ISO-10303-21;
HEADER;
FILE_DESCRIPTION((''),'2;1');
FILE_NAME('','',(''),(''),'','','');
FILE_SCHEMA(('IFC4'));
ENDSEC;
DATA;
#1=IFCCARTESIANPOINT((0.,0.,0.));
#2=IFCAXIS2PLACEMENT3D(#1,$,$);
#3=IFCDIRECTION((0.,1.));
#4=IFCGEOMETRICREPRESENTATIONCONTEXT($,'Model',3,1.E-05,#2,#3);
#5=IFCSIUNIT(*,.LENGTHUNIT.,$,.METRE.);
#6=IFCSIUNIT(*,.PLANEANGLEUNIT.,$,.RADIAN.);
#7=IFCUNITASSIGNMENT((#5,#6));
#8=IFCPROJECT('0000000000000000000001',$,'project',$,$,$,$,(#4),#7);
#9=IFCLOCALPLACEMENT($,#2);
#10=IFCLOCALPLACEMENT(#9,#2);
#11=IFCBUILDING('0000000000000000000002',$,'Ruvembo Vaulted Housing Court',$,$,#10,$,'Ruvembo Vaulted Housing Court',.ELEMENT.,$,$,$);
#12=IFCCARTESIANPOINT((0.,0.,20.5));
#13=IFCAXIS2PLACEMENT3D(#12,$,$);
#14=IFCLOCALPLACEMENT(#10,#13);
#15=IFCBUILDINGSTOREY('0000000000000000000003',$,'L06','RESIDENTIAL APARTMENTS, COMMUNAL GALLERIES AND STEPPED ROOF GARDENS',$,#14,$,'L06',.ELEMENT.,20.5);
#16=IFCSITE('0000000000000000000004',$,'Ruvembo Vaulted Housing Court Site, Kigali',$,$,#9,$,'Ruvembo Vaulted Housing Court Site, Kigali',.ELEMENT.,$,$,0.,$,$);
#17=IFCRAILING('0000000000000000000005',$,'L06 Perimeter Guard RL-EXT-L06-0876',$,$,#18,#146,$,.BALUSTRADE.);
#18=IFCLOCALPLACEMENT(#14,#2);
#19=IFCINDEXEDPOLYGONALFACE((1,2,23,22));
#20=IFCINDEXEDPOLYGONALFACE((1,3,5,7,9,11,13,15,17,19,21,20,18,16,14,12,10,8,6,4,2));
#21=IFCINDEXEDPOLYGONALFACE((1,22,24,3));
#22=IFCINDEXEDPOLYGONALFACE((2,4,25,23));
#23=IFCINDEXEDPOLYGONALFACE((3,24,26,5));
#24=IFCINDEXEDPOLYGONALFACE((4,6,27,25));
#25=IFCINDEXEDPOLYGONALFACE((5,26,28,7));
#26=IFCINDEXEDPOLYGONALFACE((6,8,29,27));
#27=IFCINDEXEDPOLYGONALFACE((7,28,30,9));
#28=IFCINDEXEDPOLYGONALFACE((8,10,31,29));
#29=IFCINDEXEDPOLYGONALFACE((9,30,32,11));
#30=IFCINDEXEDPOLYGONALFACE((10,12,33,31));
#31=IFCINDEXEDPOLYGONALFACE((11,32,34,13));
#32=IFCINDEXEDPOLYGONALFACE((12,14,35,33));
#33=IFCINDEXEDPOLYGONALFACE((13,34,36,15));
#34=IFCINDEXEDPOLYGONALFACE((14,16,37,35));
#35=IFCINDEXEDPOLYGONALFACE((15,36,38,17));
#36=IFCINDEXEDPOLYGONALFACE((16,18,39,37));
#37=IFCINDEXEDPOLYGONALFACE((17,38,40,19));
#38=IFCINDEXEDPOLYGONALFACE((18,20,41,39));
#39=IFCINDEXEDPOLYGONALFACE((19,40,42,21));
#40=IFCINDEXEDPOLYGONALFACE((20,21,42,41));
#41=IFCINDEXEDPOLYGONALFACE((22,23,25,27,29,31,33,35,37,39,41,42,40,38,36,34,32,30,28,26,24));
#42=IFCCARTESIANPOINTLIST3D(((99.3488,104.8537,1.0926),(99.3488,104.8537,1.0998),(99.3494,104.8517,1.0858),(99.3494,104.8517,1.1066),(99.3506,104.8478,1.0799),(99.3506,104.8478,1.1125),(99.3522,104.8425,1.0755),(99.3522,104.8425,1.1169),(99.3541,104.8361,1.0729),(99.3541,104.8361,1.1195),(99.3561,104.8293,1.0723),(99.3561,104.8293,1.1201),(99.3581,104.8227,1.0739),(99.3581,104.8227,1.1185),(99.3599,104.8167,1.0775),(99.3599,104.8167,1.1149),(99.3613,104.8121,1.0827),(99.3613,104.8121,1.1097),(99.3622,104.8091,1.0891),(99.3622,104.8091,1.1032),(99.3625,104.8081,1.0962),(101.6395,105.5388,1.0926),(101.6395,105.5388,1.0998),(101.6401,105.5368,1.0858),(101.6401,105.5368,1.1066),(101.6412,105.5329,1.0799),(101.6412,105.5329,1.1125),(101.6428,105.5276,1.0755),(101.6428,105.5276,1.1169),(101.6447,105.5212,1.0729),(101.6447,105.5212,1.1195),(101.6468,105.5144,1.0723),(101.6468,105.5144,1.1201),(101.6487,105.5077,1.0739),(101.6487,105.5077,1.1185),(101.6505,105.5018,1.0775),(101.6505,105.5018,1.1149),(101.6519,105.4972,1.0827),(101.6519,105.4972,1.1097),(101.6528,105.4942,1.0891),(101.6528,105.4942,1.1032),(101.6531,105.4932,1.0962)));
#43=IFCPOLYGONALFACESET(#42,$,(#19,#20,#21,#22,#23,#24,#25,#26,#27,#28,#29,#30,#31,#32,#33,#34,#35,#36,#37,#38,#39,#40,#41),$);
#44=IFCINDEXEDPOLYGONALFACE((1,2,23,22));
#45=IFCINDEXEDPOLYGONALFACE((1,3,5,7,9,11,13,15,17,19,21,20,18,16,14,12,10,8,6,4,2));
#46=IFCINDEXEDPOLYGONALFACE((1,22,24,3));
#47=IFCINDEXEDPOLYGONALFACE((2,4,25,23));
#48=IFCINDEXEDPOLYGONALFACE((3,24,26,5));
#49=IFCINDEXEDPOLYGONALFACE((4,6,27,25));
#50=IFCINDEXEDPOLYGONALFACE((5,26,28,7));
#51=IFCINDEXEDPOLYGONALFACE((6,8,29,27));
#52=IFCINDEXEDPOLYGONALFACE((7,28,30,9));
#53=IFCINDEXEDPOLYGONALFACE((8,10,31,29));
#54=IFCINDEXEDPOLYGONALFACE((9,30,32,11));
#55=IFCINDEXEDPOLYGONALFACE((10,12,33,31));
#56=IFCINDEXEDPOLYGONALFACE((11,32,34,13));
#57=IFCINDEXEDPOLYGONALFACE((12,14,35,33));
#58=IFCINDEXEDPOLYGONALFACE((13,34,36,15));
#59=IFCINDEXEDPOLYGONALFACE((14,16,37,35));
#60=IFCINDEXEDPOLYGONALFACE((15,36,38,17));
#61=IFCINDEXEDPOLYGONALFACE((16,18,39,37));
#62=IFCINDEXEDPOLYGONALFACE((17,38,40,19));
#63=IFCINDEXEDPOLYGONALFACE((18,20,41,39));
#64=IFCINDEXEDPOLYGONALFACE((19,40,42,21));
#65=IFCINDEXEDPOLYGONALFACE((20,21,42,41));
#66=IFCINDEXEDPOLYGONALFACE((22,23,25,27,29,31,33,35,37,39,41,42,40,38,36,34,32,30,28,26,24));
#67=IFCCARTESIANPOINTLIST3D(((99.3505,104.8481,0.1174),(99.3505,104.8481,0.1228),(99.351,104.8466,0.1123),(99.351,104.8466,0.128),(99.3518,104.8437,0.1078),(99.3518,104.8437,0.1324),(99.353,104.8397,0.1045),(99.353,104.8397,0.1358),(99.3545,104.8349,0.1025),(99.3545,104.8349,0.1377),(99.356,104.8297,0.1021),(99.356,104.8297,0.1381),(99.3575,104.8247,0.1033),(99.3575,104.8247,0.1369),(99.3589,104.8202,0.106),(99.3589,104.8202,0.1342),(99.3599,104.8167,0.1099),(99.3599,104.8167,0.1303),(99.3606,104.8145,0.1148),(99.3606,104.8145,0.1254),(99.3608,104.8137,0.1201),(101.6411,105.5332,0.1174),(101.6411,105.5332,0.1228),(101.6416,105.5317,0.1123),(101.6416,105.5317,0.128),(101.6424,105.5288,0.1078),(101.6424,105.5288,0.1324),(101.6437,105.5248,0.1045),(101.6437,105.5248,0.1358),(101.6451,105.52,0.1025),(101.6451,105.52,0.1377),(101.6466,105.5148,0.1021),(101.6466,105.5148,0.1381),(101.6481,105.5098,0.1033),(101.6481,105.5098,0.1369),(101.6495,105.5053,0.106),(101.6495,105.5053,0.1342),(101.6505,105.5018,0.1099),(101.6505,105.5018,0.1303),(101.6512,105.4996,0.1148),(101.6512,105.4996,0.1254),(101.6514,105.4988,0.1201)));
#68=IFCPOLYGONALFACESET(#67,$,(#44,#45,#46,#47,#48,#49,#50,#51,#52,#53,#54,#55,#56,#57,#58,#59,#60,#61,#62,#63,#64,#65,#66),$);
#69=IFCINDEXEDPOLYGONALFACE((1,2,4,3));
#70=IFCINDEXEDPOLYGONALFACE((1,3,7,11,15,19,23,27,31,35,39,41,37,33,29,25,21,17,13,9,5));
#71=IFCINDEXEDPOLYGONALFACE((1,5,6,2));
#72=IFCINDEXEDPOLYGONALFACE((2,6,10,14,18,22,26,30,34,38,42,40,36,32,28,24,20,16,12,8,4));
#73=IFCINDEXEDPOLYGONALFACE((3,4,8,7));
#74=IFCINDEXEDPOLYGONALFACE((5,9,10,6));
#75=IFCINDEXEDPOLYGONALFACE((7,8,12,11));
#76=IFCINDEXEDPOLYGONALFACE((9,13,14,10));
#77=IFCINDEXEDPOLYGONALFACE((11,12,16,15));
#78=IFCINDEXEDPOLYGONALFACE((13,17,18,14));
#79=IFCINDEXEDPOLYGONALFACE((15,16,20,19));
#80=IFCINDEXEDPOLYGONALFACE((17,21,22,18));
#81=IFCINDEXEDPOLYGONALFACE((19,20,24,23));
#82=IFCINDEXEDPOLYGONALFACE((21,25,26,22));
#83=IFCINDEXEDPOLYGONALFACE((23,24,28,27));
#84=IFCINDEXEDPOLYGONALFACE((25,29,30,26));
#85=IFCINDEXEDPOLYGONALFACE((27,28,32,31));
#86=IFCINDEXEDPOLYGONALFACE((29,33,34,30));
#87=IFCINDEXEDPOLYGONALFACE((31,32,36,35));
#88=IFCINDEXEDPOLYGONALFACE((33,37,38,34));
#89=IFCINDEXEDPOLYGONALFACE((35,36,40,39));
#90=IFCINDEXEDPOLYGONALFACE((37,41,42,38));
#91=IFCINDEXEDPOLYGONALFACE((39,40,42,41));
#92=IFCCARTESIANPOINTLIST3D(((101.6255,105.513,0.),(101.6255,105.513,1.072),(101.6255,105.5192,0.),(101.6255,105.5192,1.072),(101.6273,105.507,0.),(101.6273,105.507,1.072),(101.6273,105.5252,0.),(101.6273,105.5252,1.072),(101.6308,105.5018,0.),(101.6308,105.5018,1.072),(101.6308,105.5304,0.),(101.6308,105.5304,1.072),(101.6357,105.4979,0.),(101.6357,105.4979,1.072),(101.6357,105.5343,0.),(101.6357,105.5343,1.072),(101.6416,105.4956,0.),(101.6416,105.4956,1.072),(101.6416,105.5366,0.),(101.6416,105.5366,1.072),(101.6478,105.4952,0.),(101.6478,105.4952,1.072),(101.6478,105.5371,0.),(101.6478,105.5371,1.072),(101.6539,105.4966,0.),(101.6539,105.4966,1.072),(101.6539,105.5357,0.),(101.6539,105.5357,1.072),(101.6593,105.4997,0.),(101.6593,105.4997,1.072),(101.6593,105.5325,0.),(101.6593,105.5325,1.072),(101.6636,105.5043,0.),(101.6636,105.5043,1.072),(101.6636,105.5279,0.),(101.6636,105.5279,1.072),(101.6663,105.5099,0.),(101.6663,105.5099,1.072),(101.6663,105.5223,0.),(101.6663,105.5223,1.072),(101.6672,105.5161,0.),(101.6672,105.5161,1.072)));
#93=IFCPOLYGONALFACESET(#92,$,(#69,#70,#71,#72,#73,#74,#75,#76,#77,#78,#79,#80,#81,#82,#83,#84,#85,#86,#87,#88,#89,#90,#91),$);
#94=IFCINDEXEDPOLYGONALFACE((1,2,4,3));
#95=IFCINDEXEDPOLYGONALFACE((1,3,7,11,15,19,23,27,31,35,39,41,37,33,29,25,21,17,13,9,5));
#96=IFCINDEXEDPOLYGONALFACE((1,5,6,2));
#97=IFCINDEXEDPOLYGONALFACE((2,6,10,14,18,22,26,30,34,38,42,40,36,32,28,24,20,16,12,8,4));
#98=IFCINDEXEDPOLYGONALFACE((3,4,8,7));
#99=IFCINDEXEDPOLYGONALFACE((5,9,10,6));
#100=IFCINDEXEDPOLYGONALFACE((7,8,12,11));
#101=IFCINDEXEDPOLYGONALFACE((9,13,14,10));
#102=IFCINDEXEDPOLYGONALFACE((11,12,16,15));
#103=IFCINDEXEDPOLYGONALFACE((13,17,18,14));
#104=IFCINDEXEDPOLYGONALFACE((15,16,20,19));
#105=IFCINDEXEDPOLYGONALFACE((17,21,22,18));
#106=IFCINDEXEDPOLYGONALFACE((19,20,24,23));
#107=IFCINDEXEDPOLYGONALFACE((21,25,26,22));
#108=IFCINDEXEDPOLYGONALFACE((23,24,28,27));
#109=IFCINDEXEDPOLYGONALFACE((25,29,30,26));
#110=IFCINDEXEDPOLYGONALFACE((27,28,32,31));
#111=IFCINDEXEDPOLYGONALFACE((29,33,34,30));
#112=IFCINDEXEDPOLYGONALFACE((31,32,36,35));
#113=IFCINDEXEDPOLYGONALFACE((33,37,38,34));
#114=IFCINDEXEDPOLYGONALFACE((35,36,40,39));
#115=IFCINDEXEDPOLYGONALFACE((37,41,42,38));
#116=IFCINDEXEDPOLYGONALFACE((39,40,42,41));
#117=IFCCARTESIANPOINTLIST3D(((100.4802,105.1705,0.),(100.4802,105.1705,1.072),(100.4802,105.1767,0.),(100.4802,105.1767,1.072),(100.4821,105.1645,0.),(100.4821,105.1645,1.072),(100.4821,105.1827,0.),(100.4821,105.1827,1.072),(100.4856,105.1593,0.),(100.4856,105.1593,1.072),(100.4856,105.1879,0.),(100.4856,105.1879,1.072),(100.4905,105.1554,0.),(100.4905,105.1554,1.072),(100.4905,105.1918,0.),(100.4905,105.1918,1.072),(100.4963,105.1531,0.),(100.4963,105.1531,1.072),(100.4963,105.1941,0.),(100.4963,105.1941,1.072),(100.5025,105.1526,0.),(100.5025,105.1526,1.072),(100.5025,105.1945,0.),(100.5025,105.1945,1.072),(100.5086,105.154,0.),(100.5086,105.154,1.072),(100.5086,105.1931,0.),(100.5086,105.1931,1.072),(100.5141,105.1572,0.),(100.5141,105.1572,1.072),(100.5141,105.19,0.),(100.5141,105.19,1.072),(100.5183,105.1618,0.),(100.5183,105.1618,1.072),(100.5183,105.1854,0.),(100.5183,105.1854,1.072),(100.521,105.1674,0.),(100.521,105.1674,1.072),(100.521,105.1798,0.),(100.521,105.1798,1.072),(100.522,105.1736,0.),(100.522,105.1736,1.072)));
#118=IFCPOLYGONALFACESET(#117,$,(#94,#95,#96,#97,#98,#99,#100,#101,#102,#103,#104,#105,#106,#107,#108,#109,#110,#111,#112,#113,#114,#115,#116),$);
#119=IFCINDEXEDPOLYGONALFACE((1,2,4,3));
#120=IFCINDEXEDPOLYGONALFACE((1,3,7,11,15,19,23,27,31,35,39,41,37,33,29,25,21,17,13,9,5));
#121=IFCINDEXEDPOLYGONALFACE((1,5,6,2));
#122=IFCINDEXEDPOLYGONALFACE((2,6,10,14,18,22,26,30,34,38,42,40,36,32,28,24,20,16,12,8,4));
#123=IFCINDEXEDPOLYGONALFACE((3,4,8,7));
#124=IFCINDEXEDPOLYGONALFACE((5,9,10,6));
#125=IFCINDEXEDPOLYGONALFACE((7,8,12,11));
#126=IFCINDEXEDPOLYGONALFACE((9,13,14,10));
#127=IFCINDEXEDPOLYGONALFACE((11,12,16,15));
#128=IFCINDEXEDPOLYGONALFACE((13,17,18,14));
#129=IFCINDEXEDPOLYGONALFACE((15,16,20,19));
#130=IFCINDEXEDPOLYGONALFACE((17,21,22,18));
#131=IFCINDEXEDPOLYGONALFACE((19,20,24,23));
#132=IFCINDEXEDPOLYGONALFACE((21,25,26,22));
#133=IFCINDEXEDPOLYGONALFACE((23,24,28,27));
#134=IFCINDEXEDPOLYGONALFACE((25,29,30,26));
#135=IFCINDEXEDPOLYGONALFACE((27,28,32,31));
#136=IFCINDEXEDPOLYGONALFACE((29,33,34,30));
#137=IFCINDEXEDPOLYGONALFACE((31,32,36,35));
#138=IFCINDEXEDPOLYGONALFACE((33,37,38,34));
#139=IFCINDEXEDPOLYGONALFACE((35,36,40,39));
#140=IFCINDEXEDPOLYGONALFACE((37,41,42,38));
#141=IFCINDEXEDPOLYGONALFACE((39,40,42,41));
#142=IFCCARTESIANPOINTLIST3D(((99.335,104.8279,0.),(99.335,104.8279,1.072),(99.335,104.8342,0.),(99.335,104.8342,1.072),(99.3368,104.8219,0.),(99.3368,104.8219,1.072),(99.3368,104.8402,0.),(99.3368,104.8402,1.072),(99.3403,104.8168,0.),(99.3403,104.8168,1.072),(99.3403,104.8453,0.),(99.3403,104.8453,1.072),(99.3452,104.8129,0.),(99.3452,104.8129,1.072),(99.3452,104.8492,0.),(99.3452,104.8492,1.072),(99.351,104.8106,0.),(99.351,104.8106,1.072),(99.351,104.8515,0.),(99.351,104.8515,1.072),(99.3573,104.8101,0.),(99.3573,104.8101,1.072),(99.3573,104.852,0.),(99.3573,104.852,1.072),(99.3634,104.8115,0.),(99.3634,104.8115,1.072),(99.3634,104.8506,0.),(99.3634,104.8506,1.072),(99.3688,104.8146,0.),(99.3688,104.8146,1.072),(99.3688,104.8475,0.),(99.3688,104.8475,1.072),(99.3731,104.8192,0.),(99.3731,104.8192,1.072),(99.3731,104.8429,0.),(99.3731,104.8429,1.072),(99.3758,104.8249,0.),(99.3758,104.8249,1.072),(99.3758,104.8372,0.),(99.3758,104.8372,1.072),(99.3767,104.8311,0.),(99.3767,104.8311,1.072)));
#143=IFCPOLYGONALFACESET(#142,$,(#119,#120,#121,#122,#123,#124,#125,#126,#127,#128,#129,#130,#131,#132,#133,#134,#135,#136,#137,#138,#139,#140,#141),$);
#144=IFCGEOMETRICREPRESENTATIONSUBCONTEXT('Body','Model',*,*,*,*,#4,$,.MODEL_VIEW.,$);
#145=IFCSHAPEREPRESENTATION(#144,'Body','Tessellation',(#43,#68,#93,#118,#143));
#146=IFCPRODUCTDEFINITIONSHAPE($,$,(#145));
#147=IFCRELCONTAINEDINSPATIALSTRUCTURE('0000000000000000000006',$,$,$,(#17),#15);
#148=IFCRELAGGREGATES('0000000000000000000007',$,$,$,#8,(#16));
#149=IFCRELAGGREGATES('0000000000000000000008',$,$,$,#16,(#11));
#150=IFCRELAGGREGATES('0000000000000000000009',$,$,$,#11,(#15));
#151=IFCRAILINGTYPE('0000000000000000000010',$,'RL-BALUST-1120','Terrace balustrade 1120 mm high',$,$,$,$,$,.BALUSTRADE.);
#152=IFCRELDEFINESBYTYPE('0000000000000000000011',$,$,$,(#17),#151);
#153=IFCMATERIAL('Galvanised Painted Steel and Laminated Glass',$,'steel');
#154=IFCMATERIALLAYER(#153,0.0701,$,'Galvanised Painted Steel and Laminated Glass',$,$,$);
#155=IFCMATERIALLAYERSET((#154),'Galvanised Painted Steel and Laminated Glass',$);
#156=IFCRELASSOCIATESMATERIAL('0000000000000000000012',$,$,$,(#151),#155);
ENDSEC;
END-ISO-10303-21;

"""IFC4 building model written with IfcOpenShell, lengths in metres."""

from ifc_helpers import new_model, si_unit, direction, frame, origin, origin_2d, place, context, subcontext, project, spatial, circle, extrude, material, layer, layer_set, type_object, element, save


model = new_model("IFC4")

# Units and contexts
model_context = context("Model", 3, precision=1e-05, world=origin(), true_north=direction((0.0, 1.0)))
body_context = subcontext(model_context, "Body", "Model", "MODEL_VIEW")
ifc_project = project(units=[si_unit("LENGTHUNIT", "METRE"), si_unit("PLANEANGLEUNIT", "RADIAN")], contexts=[model_context])

# Site, building, storey
site_placement = place(None, origin())
site = spatial("IfcSite", under=ifc_project, at=site_placement, Name="Ruvembo Vaulted Housing Court Site, Kigali", LongName="Ruvembo Vaulted Housing Court Site, Kigali", CompositionType="ELEMENT", RefElevation=0.0)
building_placement = place(site_placement, origin())
building = spatial("IfcBuilding", under=site, at=building_placement, Name="Ruvembo Vaulted Housing Court", LongName="Ruvembo Vaulted Housing Court", CompositionType="ELEMENT")
storey_placement = place(building_placement, frame((0.0, 0.0, 20.5)))
storey = spatial("IfcBuildingStorey", under=building, at=storey_placement, Name="L06", Description="RESIDENTIAL APARTMENTS, COMMUNAL GALLERIES AND STEPPED ROOF GARDENS", LongName="L06", CompositionType="ELEMENT", Elevation=20.5)

# Railing
ifc_material_1 = material(Name="Galvanised Painted Steel and Laminated Glass", Category="steel")
ifc_layer = layer(ifc_material_1, 0.0701, Name="Galvanised Painted Steel and Laminated Glass")
ifc_layer_set = layer_set([ifc_layer], Name="Galvanised Painted Steel and Laminated Glass")
railing_type = type_object("IfcRailingType", Name="RL-BALUST-1120", Description="Terrace balustrade 1120 mm high", PredefinedType="BALUSTRADE", material=ifc_layer_set)
railing_1_placement = place(storey_placement, frame((101.6462, 105.5161, 0.0)))
element("IfcRailing", 1, at=railing_1_placement, inside=storey, type_object=railing_type, Name="L06 Perimeter Guard RL-EXT-L06-0876", PredefinedType="BALUSTRADE", context=body_context, shape_type="SweptSolid", body=[
    extrude(circle(Radius=0.0239, at=origin_2d()), frame((0.0, 0.0, 1.0962), z_axis=(-0.958068, -0.286542, 0.0), x_axis=(0.286542, -0.958068, 0.0)), (0.0, 0.0, 1.0), 2.3909),
    extrude(circle(Radius=0.0181, at=origin_2d()), frame((0.0, 0.0, 0.1201), z_axis=(-0.958068, -0.286542, 0.0), x_axis=(0.286542, -0.958068, 0.0)), (0.0, 0.0, 1.0), 2.3909),
    extrude(circle(Radius=0.021, at=origin_2d()), origin(), (0.0, 0.0, 1.0), 1.072),
    extrude(circle(Radius=0.021, at=origin_2d()), frame((-1.1453, -0.3425, 0.0)), (0.0, 0.0, 1.0), 1.072),
    extrude(circle(Radius=0.021, at=origin_2d()), frame((-2.2905, -0.6851, 0.0)), (0.0, 0.0, 1.0), 1.072),
])

save(model, "model.ifc")
